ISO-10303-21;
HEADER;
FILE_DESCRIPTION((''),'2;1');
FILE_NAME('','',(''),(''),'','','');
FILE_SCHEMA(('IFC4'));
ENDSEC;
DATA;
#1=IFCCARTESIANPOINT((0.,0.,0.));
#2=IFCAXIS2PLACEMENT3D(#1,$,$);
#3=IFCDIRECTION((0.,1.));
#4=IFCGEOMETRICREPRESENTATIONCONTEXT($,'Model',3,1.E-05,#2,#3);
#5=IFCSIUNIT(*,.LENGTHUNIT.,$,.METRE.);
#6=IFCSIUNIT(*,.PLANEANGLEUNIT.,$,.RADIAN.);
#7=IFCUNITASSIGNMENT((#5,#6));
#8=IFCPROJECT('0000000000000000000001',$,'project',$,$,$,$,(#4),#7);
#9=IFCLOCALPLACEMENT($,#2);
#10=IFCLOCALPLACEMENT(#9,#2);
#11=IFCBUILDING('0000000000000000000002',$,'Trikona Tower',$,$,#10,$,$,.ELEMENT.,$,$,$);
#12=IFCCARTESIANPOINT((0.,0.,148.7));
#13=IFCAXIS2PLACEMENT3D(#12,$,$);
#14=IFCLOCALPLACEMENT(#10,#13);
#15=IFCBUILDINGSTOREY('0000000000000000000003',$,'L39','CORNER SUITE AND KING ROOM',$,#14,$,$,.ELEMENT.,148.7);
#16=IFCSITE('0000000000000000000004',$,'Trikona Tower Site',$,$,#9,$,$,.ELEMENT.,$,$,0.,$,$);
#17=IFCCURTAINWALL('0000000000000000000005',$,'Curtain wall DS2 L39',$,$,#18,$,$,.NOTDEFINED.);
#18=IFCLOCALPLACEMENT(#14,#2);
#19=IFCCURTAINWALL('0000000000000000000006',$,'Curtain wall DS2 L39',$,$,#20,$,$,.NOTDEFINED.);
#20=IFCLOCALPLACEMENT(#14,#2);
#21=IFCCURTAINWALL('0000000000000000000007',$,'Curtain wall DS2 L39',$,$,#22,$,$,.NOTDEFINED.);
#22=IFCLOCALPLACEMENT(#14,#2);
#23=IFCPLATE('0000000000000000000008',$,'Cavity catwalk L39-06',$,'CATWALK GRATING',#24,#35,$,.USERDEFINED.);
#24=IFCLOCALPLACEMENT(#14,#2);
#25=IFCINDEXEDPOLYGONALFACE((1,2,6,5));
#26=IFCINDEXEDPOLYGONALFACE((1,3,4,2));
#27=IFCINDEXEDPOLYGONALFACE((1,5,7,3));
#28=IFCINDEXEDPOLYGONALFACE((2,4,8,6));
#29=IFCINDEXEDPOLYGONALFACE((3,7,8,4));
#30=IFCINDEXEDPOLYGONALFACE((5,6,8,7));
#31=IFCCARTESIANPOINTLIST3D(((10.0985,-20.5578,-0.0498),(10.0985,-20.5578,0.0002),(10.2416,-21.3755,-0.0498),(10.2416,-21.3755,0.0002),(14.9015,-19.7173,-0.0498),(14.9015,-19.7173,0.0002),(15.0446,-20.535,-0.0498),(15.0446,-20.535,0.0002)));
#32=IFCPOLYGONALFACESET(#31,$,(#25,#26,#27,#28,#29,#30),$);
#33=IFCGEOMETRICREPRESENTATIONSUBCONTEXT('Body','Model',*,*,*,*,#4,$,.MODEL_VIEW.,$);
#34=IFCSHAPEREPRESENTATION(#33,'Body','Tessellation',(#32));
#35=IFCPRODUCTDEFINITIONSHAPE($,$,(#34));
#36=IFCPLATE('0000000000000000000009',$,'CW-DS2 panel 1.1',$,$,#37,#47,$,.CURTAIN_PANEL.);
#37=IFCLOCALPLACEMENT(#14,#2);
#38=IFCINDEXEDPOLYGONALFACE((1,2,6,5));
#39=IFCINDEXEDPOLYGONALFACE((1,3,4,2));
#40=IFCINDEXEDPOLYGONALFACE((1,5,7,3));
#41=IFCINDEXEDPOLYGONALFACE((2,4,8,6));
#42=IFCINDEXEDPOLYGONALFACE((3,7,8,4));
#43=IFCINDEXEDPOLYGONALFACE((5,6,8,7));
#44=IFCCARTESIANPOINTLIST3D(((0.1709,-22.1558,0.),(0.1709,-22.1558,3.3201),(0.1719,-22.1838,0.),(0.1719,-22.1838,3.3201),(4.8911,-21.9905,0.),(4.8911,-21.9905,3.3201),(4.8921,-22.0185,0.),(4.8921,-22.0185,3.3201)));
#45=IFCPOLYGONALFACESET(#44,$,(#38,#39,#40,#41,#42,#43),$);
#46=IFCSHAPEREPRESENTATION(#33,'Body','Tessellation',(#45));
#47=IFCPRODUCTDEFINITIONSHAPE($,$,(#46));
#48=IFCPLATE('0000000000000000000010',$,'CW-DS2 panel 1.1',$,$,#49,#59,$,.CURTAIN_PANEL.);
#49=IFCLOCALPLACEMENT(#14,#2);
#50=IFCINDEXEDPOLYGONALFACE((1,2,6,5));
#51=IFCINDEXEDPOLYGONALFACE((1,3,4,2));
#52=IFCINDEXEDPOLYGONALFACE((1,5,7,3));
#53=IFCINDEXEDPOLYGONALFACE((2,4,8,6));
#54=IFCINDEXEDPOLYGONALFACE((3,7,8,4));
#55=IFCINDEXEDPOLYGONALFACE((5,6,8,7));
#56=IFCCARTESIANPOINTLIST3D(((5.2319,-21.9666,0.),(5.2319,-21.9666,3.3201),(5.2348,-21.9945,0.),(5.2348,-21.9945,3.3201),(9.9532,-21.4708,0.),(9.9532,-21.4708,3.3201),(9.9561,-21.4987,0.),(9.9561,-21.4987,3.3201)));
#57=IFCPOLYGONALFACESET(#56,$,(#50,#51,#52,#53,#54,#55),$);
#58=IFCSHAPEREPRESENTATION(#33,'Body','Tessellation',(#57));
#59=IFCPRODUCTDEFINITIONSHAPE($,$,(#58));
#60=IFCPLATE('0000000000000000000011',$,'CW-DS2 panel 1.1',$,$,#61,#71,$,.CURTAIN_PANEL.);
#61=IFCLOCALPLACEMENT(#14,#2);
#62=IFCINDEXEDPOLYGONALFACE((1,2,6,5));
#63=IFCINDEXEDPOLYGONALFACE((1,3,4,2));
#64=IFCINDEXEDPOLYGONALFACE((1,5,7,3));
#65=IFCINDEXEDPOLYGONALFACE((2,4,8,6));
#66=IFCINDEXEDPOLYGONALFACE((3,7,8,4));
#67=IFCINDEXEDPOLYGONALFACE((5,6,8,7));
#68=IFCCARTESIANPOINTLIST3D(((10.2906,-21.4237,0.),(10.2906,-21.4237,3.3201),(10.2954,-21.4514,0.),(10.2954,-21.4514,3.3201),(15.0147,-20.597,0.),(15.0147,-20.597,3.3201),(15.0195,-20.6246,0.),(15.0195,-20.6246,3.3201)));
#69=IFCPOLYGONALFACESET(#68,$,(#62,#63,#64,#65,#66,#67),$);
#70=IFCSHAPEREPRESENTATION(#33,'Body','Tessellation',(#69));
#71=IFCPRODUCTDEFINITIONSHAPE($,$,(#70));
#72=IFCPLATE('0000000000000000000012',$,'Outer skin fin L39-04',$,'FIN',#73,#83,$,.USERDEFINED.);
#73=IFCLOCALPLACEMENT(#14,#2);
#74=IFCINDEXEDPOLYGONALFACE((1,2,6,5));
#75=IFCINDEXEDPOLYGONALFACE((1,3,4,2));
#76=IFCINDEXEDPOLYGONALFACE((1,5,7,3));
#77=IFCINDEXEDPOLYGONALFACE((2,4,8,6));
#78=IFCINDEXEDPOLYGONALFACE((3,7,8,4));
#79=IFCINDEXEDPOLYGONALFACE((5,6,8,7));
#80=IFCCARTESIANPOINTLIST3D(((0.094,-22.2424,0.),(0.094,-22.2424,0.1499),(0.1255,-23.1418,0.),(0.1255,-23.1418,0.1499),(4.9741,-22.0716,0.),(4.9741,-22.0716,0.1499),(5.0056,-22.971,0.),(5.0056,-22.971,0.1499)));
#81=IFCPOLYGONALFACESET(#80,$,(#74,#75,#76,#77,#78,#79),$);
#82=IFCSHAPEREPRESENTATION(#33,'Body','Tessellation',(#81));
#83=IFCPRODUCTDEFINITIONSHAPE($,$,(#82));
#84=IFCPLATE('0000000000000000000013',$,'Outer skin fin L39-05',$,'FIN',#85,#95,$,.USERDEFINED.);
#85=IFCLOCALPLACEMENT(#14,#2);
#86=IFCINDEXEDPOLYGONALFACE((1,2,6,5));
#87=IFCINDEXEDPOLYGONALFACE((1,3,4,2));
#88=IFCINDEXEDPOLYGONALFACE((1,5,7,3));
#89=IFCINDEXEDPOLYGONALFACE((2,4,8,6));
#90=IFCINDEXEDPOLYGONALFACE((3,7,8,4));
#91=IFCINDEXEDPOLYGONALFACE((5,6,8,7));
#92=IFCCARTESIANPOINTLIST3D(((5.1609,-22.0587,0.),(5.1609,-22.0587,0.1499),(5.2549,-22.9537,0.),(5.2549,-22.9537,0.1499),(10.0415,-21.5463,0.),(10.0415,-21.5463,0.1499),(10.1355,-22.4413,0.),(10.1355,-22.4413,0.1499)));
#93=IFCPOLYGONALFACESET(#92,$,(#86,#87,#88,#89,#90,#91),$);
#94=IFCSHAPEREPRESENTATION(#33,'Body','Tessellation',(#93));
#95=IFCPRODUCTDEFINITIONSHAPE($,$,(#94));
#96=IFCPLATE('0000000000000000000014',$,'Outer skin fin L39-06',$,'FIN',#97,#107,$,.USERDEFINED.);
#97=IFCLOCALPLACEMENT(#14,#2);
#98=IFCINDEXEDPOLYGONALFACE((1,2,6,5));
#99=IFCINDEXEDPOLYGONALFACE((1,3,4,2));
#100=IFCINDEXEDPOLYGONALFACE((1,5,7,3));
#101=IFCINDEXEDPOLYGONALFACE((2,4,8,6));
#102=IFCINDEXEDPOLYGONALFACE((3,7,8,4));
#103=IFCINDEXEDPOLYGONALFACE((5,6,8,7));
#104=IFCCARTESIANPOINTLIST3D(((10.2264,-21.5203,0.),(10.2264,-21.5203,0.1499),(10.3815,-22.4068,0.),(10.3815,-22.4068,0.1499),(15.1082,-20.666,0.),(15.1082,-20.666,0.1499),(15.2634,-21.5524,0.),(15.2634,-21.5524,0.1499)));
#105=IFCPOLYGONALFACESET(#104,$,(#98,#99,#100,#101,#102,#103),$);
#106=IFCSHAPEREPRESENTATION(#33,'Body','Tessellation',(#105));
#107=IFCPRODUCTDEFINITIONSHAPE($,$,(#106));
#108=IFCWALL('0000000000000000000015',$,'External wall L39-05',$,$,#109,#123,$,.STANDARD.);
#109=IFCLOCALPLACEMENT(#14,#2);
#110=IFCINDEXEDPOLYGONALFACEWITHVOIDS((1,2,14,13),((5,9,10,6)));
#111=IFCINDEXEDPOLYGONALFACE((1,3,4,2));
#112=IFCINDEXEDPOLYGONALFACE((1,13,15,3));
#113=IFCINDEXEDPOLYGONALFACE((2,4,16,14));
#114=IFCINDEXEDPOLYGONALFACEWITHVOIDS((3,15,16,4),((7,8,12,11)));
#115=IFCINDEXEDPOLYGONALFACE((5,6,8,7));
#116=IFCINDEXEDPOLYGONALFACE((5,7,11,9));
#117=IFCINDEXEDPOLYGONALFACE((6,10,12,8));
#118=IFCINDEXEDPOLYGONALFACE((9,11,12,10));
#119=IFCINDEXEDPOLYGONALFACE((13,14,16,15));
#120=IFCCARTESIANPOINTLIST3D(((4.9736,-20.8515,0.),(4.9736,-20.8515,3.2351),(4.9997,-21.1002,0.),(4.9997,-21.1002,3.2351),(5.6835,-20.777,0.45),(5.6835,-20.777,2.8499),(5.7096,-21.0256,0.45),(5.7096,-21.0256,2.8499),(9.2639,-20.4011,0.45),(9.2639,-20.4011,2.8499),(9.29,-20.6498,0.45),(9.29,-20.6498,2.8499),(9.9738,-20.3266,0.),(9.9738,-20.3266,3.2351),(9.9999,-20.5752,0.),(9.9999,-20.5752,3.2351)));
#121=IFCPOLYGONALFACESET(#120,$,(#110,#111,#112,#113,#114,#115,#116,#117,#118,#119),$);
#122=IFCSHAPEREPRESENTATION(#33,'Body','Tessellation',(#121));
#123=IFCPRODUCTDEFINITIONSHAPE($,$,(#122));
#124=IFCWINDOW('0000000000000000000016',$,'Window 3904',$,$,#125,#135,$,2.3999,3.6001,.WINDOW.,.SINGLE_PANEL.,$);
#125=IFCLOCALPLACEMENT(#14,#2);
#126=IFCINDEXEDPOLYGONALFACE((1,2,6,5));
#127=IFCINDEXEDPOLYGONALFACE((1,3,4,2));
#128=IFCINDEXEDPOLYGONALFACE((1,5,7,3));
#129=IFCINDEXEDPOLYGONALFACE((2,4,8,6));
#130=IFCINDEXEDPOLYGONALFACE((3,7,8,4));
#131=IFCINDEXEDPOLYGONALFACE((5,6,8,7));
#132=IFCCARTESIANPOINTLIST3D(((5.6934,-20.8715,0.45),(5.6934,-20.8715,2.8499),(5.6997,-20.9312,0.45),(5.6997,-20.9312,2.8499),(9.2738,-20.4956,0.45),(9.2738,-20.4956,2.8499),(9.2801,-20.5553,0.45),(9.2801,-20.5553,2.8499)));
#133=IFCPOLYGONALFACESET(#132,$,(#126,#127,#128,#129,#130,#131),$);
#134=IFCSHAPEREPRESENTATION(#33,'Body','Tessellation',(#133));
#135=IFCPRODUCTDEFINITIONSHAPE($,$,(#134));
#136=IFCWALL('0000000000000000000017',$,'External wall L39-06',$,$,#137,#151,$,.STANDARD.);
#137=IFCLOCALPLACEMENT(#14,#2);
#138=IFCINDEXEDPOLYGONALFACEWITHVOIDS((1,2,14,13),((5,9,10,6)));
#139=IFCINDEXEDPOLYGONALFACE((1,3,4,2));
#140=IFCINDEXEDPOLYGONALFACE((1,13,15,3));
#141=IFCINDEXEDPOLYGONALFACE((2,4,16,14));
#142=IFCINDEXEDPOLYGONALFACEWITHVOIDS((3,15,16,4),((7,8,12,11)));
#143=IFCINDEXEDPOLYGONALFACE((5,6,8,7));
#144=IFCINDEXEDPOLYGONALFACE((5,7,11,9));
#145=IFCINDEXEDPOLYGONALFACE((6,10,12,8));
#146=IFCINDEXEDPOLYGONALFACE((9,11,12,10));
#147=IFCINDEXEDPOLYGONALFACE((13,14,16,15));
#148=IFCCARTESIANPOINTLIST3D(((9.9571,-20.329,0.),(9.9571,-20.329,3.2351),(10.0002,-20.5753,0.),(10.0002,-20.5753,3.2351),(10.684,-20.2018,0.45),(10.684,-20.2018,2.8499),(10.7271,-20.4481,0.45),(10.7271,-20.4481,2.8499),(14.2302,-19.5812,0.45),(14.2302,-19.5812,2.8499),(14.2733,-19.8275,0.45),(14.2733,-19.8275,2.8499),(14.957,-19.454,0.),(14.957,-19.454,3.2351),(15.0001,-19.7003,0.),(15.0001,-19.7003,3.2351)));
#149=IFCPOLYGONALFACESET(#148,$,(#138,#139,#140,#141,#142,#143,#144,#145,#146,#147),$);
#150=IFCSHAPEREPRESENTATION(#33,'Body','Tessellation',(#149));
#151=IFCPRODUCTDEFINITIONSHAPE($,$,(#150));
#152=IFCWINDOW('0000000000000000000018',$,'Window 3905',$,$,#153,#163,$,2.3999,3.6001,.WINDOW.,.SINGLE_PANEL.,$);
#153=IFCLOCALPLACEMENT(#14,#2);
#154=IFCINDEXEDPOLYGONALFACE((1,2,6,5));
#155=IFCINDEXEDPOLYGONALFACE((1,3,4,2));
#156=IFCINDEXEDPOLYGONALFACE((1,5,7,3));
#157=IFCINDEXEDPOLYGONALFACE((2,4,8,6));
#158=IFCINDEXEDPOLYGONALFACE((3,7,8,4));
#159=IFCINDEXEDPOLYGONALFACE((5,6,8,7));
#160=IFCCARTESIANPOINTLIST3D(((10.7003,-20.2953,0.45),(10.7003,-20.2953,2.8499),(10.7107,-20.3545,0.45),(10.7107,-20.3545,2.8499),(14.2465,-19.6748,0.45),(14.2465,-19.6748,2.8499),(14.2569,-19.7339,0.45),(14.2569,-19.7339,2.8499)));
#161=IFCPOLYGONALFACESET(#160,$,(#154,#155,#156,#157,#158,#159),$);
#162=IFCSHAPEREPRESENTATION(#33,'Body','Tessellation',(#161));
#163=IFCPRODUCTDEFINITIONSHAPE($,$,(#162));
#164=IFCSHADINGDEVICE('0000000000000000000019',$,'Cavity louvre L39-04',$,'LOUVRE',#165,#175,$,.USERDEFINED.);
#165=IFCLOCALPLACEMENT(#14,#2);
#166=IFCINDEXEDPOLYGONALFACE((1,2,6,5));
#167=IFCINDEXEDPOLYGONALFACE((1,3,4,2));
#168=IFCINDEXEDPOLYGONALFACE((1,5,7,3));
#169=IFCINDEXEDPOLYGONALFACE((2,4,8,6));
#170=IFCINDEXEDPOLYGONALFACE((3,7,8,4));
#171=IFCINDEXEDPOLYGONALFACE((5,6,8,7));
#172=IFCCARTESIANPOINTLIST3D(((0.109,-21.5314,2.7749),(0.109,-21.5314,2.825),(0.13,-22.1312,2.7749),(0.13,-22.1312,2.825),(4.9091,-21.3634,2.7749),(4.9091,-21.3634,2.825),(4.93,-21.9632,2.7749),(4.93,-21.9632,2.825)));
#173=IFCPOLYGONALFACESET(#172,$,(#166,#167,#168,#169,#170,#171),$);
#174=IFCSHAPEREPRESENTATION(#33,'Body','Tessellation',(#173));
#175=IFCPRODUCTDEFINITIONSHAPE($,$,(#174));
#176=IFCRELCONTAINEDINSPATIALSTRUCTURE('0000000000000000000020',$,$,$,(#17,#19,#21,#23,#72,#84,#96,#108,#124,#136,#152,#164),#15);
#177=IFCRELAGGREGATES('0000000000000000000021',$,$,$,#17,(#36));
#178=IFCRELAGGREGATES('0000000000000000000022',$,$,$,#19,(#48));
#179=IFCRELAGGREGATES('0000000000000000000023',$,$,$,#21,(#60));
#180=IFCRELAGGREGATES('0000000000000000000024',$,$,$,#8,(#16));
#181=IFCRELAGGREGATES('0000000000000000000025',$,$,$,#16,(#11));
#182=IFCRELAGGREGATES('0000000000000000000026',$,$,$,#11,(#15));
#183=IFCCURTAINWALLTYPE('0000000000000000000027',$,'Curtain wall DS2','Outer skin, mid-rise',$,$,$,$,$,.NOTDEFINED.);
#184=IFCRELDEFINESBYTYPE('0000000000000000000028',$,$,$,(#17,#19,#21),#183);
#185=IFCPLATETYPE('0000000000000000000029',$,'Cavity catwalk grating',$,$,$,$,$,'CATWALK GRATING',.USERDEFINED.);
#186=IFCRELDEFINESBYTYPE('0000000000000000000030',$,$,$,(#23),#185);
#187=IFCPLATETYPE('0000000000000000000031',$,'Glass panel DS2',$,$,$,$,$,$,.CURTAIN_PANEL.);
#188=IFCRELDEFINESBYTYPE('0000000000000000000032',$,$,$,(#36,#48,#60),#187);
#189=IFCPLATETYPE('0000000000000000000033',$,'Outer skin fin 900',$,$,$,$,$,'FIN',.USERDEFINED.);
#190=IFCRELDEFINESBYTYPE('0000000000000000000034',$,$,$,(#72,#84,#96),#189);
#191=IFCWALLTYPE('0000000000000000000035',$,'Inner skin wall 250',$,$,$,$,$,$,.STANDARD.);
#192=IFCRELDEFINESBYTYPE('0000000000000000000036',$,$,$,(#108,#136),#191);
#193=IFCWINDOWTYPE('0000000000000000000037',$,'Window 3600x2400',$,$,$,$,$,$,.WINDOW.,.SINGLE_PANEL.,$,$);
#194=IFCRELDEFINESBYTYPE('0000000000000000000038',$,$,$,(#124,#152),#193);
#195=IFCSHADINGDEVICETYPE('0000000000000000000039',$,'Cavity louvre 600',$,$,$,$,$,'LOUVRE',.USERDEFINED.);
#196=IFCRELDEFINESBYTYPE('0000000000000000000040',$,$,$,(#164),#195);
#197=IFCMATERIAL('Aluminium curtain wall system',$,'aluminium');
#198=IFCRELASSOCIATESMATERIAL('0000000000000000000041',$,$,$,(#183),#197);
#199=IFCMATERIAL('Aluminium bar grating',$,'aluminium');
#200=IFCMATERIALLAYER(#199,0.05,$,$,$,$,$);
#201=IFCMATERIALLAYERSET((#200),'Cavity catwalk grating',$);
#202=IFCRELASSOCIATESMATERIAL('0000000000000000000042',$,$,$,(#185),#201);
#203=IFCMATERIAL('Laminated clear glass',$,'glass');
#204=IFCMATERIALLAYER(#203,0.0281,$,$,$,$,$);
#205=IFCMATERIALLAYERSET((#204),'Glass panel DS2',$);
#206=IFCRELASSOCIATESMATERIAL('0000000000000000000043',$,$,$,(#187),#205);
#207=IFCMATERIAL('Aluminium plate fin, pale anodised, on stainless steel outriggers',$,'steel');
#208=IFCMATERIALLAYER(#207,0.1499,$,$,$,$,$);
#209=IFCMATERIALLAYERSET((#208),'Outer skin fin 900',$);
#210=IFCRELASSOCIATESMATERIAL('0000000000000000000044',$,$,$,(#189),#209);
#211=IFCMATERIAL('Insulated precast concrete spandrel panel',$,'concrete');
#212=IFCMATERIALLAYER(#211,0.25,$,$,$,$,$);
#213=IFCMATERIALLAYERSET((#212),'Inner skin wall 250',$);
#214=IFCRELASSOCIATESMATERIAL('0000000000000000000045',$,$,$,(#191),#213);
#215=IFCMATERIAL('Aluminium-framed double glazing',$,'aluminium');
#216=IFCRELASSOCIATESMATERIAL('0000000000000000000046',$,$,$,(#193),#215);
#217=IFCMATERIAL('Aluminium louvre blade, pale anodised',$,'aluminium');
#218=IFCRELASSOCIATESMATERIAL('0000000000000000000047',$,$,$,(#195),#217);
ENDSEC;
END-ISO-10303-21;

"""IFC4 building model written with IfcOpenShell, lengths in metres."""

from ifc_helpers import new_model, si_unit, direction, frame, frame_2d, origin, origin_2d, place, context, subcontext, project, spatial, rectangle, extrude, material, layer, layer_set, type_object, element, fill, aggregate, save


model = new_model("IFC4")

# Units and contexts
model_context = context("Model", 3, precision=1e-05, world=origin(), true_north=direction((0.0, 1.0)))
body_context = subcontext(model_context, "Body", "Model", "MODEL_VIEW")
ifc_project = project(units=[si_unit("LENGTHUNIT", "METRE"), si_unit("PLANEANGLEUNIT", "RADIAN")], contexts=[model_context])

# Site, building, storey
site_placement = place(None, origin())
site = spatial("IfcSite", under=ifc_project, at=site_placement, Name="Trikona Tower Site", CompositionType="ELEMENT", RefElevation=0.0)
building_placement = place(site_placement, origin())
building = spatial("IfcBuilding", under=site, at=building_placement, Name="Trikona Tower", CompositionType="ELEMENT")
storey_placement = place(building_placement, frame((0.0, 0.0, 148.7)))
storey = spatial("IfcBuildingStorey", under=building, at=storey_placement, Name="L39", Description="CORNER SUITE AND KING ROOM", CompositionType="ELEMENT", Elevation=148.7)

# Curtain walls
ifc_material_1 = material(Name="Aluminium curtain wall system", Category="aluminium")
curtain_wall_type = type_object("IfcCurtainWallType", Name="Curtain wall DS2", Description="Outer skin, mid-rise", PredefinedType="NOTDEFINED", material=ifc_material_1)
curtain_wall_1_placement = place(storey_placement, origin())
curtain_wall_1 = element("IfcCurtainWall", 1, at=curtain_wall_1_placement, inside=storey, type_object=curtain_wall_type, Name="Curtain wall DS2 L39", PredefinedType="NOTDEFINED")
curtain_wall_2_placement = place(storey_placement, origin())
curtain_wall_2 = element("IfcCurtainWall", 2, at=curtain_wall_2_placement, inside=storey, type_object=curtain_wall_type, Name="Curtain wall DS2 L39", PredefinedType="NOTDEFINED")

# Curtain wall
curtain_wall_3_placement = place(storey_placement, origin())
curtain_wall_3 = element("IfcCurtainWall", 3, at=curtain_wall_3_placement, inside=storey, type_object=curtain_wall_type, Name="Curtain wall DS2 L39", PredefinedType="NOTDEFINED")

# Plate
ifc_material_2 = material(Name="Aluminium bar grating", Category="aluminium")
ifc_layer_1 = layer(ifc_material_2, 0.05)
ifc_layer_set_1 = layer_set([ifc_layer_1], Name="Cavity catwalk grating")
plate_type_1 = type_object("IfcPlateType", Name="Cavity catwalk grating", ElementType="CATWALK GRATING", PredefinedType="USERDEFINED", material=ifc_layer_set_1)
plate_1_placement = place(storey_placement, frame((12.5715, -20.5464, -0.0498), z_axis=(0.0, 0.0, 1.0), x_axis=(0.985031, 0.17238, 0.0)))
element("IfcPlate", 4, at=plate_1_placement, inside=storey, type_object=plate_type_1, Name="Cavity catwalk L39-06", ObjectType="CATWALK GRATING", PredefinedType="USERDEFINED", context=body_context, shape_type="SweptSolid", body=[
    extrude(rectangle(XDim=4.876, YDim=0.8301, at=origin_2d()), origin(), (0.0, 0.0, 1.0), 0.05),
])

# Plates
ifc_material_3 = material(Name="Laminated clear glass", Category="glass")
ifc_layer_2 = layer(ifc_material_3, 0.0281)
ifc_layer_set_2 = layer_set([ifc_layer_2], Name="Glass panel DS2")
plate_type_2 = type_object("IfcPlateType", Name="Glass panel DS2", PredefinedType="CURTAIN_PANEL", material=ifc_layer_set_2)
plate_2_placement = place(storey_placement, frame((2.5315, -22.0872, 0.0), z_axis=(0.0, 0.0, 1.0), x_axis=(0.999387, 0.034998, 0.0)))
plate_2 = element("IfcPlate", 5, at=plate_2_placement, type_object=plate_type_2, Name="CW-DS2 panel 1.1", PredefinedType="CURTAIN_PANEL", context=body_context, shape_type="SweptSolid", body=[
    extrude(rectangle(XDim=4.7231, YDim=0.0281, at=origin_2d()), origin(), (0.0, 0.0, 1.0), 3.3201),
])
aggregate(curtain_wall_1, [plate_2])
plate_3_placement = place(storey_placement, frame((7.594, -21.7327, 0.0), z_axis=(0.0, 0.0, 1.0), x_axis=(0.994532, 0.104433, 0.0)))
plate_3 = element("IfcPlate", 6, at=plate_3_placement, type_object=plate_type_2, Name="CW-DS2 panel 1.1", PredefinedType="CURTAIN_PANEL", context=body_context, shape_type="SweptSolid", body=[
    extrude(rectangle(XDim=4.7473, YDim=0.0281, at=origin_2d()), origin(), (0.0, 0.0, 1.0), 3.3201),
])
aggregate(curtain_wall_2, [plate_3])
plate_4_placement = place(storey_placement, frame((12.655, -21.0242, 0.0), z_axis=(0.0, 0.0, 1.0), x_axis=(0.985031, 0.172377, 0.0)))
plate_4 = element("IfcPlate", 7, at=plate_4_placement, type_object=plate_type_2, Name="CW-DS2 panel 1.1", PredefinedType="CURTAIN_PANEL", context=body_context, shape_type="SweptSolid", body=[
    extrude(rectangle(XDim=4.7959, YDim=0.0281, at=origin_2d()), origin(), (0.0, 0.0, 1.0), 3.3201),
])
aggregate(curtain_wall_3, [plate_4])

# Plates
ifc_material_4 = material(Name="Aluminium plate fin, pale anodised, on stainless steel outriggers", Category="steel")
ifc_layer_3 = layer(ifc_material_4, 0.1499)
ifc_layer_set_3 = layer_set([ifc_layer_3], Name="Outer skin fin 900")
plate_type_3 = type_object("IfcPlateType", Name="Outer skin fin 900", ElementType="FIN", PredefinedType="USERDEFINED", material=ifc_layer_set_3)
plate_5_placement = place(storey_placement, frame((2.5498, -22.6067, 0.0), z_axis=(0.0, 0.0, 1.0), x_axis=(0.999388, 0.034978, 0.0)))
element("IfcPlate", 8, at=plate_5_placement, inside=storey, type_object=plate_type_3, Name="Outer skin fin L39-04", ObjectType="FIN", PredefinedType="USERDEFINED", context=body_context, shape_type="SweptSolid", body=[
    extrude(rectangle(XDim=4.8831, YDim=0.8999, at=origin_2d()), origin(), (0.0, 0.0, 1.0), 0.1499),
])
plate_6_placement = place(storey_placement, frame((7.6482, -22.25, 0.0), z_axis=(0.0, 0.0, 1.0), x_axis=(0.994533, 0.104426, 0.0)))
element("IfcPlate", 9, at=plate_6_placement, inside=storey, type_object=plate_type_3, Name="Outer skin fin L39-05", ObjectType="FIN", PredefinedType="USERDEFINED", context=body_context, shape_type="SweptSolid", body=[
    extrude(rectangle(XDim=4.9075, YDim=0.8999, at=origin_2d()), origin(), (0.0, 0.0, 1.0), 0.1499),
])
plate_7_placement = place(storey_placement, frame((12.7449, -21.5364, 0.0), z_axis=(0.0, 0.0, 1.0), x_axis=(0.985031, 0.17238, 0.0)))
element("IfcPlate", 10, at=plate_7_placement, inside=storey, type_object=plate_type_3, Name="Outer skin fin L39-06", ObjectType="FIN", PredefinedType="USERDEFINED", context=body_context, shape_type="SweptSolid", body=[
    extrude(rectangle(XDim=4.9561, YDim=0.8999, at=origin_2d()), origin(), (0.0, 0.0, 1.0), 0.1499),
])

# Walls, openings, windows
ifc_material_5 = material(Name="Insulated precast concrete spandrel panel", Category="concrete")
ifc_layer_4 = layer(ifc_material_5, 0.25)
ifc_layer_set_4 = layer_set([ifc_layer_4], Name="Inner skin wall 250")
wall_type = type_object("IfcWallType", Name="Inner skin wall 250", PredefinedType="STANDARD", material=ifc_layer_set_4)
wall_1_placement = place(storey_placement, frame((4.9868, -20.9758, 0.0), z_axis=(0.0, 0.0, 1.0), x_axis=(0.994535, 0.104407, 0.0)))
wall_1 = element("IfcWall", 11, at=wall_1_placement, inside=storey, type_object=wall_type, Name="External wall L39-05", PredefinedType="STANDARD", context=body_context, shape_type="SweptSolid", body=[
    extrude(rectangle(XDim=5.0276, YDim=0.25, at=frame_2d((2.5137, 0.0))), origin(), (0.0, 0.0, 1.0), 3.2351),
])
opening_1_placement = place(wall_1_placement, frame((0.7136, 0.0, 0.45)))
opening_1 = element("IfcOpeningElement", 12, at=opening_1_placement, cuts=wall_1, PredefinedType="OPENING", context=body_context, shape_type="SweptSolid", body=[
    extrude(rectangle(XDim=3.6001, YDim=2.3999, at=frame_2d((1.8, 1.2))), frame((0.0, 0.135, 0.0), z_axis=(0.0, -1.0, 0.0), x_axis=(1.0, 0.0, 0.0)), (0.0, 0.0, 1.0), 0.27),
])
ifc_material_6 = material(Name="Aluminium-framed double glazing", Category="aluminium")
window_type = type_object("IfcWindowType", Name="Window 3600x2400", PartitioningType="SINGLE_PANEL", PredefinedType="WINDOW", material=ifc_material_6)
window_1_placement = place(opening_1_placement, origin())
window_1 = element("IfcWindow", 13, at=window_1_placement, inside=storey, type_object=window_type, Name="Window 3904", OverallHeight=2.3999, OverallWidth=3.6001, PartitioningType="SINGLE_PANEL", PredefinedType="WINDOW", context=body_context, shape_type="SweptSolid", body=[
    extrude(rectangle(XDim=3.6001, YDim=2.3999, at=frame_2d((1.8, 1.2))), frame((0.0, 0.03, 0.0), z_axis=(0.0, -1.0, 0.0), x_axis=(1.0, 0.0, 0.0)), (0.0, 0.0, 1.0), 0.0601),
])
fill(opening_1, window_1)
wall_2_placement = place(storey_placement, frame((9.9785, -20.4521, 0.0), z_axis=(0.0, 0.0, 1.0), x_axis=(0.98503, 0.17238, 0.0)))
wall_2 = element("IfcWall", 14, at=wall_2_placement, inside=storey, type_object=wall_type, Name="External wall L39-06", PredefinedType="STANDARD", context=body_context, shape_type="SweptSolid", body=[
    extrude(rectangle(XDim=5.0759, YDim=0.25, at=frame_2d((2.5381, 0.0))), origin(), (0.0, 0.0, 1.0), 3.2351),
])
opening_2_placement = place(wall_2_placement, frame((0.738, 0.0, 0.45)))
opening_2 = element("IfcOpeningElement", 15, at=opening_2_placement, cuts=wall_2, PredefinedType="OPENING", context=body_context, shape_type="SweptSolid", body=[
    extrude(rectangle(XDim=3.6001, YDim=2.3999, at=frame_2d((1.8, 1.2))), frame((0.0, 0.135, 0.0), z_axis=(0.0, -1.0, 0.0), x_axis=(1.0, 0.0, 0.0)), (0.0, 0.0, 1.0), 0.27),
])
window_2_placement = place(opening_2_placement, origin())
window_2 = element("IfcWindow", 16, at=window_2_placement, inside=storey, type_object=window_type, Name="Window 3905", OverallHeight=2.3999, OverallWidth=3.6001, PartitioningType="SINGLE_PANEL", PredefinedType="WINDOW", context=body_context, shape_type="SweptSolid", body=[
    extrude(rectangle(XDim=3.6001, YDim=2.3999, at=frame_2d((1.8, 1.2))), frame((0.0, 0.03, 0.0), z_axis=(0.0, -1.0, 0.0), x_axis=(1.0, 0.0, 0.0)), (0.0, 0.0, 1.0), 0.0601),
])
fill(opening_2, window_2)

# Shading device
ifc_material_7 = material(Name="Aluminium louvre blade, pale anodised", Category="aluminium")
shading_device_type = type_object("IfcShadingDeviceType", Name="Cavity louvre 600", ElementType="LOUVRE", PredefinedType="USERDEFINED", material=ifc_material_7)
shading_device_1_placement = place(storey_placement, frame((2.5195, -21.7473, 2.7749), z_axis=(0.0, 0.0, 1.0), x_axis=(0.999388, 0.034978, 0.0)))
element("IfcShadingDevice", 17, at=shading_device_1_placement, inside=storey, type_object=shading_device_type, Name="Cavity louvre L39-04", ObjectType="LOUVRE", PredefinedType="USERDEFINED", context=body_context, shape_type="SweptSolid", body=[
    extrude(rectangle(XDim=4.803, YDim=0.6001, at=origin_2d()), origin(), (0.0, 0.0, 1.0), 0.05),
])

save(model, "model.ifc")
